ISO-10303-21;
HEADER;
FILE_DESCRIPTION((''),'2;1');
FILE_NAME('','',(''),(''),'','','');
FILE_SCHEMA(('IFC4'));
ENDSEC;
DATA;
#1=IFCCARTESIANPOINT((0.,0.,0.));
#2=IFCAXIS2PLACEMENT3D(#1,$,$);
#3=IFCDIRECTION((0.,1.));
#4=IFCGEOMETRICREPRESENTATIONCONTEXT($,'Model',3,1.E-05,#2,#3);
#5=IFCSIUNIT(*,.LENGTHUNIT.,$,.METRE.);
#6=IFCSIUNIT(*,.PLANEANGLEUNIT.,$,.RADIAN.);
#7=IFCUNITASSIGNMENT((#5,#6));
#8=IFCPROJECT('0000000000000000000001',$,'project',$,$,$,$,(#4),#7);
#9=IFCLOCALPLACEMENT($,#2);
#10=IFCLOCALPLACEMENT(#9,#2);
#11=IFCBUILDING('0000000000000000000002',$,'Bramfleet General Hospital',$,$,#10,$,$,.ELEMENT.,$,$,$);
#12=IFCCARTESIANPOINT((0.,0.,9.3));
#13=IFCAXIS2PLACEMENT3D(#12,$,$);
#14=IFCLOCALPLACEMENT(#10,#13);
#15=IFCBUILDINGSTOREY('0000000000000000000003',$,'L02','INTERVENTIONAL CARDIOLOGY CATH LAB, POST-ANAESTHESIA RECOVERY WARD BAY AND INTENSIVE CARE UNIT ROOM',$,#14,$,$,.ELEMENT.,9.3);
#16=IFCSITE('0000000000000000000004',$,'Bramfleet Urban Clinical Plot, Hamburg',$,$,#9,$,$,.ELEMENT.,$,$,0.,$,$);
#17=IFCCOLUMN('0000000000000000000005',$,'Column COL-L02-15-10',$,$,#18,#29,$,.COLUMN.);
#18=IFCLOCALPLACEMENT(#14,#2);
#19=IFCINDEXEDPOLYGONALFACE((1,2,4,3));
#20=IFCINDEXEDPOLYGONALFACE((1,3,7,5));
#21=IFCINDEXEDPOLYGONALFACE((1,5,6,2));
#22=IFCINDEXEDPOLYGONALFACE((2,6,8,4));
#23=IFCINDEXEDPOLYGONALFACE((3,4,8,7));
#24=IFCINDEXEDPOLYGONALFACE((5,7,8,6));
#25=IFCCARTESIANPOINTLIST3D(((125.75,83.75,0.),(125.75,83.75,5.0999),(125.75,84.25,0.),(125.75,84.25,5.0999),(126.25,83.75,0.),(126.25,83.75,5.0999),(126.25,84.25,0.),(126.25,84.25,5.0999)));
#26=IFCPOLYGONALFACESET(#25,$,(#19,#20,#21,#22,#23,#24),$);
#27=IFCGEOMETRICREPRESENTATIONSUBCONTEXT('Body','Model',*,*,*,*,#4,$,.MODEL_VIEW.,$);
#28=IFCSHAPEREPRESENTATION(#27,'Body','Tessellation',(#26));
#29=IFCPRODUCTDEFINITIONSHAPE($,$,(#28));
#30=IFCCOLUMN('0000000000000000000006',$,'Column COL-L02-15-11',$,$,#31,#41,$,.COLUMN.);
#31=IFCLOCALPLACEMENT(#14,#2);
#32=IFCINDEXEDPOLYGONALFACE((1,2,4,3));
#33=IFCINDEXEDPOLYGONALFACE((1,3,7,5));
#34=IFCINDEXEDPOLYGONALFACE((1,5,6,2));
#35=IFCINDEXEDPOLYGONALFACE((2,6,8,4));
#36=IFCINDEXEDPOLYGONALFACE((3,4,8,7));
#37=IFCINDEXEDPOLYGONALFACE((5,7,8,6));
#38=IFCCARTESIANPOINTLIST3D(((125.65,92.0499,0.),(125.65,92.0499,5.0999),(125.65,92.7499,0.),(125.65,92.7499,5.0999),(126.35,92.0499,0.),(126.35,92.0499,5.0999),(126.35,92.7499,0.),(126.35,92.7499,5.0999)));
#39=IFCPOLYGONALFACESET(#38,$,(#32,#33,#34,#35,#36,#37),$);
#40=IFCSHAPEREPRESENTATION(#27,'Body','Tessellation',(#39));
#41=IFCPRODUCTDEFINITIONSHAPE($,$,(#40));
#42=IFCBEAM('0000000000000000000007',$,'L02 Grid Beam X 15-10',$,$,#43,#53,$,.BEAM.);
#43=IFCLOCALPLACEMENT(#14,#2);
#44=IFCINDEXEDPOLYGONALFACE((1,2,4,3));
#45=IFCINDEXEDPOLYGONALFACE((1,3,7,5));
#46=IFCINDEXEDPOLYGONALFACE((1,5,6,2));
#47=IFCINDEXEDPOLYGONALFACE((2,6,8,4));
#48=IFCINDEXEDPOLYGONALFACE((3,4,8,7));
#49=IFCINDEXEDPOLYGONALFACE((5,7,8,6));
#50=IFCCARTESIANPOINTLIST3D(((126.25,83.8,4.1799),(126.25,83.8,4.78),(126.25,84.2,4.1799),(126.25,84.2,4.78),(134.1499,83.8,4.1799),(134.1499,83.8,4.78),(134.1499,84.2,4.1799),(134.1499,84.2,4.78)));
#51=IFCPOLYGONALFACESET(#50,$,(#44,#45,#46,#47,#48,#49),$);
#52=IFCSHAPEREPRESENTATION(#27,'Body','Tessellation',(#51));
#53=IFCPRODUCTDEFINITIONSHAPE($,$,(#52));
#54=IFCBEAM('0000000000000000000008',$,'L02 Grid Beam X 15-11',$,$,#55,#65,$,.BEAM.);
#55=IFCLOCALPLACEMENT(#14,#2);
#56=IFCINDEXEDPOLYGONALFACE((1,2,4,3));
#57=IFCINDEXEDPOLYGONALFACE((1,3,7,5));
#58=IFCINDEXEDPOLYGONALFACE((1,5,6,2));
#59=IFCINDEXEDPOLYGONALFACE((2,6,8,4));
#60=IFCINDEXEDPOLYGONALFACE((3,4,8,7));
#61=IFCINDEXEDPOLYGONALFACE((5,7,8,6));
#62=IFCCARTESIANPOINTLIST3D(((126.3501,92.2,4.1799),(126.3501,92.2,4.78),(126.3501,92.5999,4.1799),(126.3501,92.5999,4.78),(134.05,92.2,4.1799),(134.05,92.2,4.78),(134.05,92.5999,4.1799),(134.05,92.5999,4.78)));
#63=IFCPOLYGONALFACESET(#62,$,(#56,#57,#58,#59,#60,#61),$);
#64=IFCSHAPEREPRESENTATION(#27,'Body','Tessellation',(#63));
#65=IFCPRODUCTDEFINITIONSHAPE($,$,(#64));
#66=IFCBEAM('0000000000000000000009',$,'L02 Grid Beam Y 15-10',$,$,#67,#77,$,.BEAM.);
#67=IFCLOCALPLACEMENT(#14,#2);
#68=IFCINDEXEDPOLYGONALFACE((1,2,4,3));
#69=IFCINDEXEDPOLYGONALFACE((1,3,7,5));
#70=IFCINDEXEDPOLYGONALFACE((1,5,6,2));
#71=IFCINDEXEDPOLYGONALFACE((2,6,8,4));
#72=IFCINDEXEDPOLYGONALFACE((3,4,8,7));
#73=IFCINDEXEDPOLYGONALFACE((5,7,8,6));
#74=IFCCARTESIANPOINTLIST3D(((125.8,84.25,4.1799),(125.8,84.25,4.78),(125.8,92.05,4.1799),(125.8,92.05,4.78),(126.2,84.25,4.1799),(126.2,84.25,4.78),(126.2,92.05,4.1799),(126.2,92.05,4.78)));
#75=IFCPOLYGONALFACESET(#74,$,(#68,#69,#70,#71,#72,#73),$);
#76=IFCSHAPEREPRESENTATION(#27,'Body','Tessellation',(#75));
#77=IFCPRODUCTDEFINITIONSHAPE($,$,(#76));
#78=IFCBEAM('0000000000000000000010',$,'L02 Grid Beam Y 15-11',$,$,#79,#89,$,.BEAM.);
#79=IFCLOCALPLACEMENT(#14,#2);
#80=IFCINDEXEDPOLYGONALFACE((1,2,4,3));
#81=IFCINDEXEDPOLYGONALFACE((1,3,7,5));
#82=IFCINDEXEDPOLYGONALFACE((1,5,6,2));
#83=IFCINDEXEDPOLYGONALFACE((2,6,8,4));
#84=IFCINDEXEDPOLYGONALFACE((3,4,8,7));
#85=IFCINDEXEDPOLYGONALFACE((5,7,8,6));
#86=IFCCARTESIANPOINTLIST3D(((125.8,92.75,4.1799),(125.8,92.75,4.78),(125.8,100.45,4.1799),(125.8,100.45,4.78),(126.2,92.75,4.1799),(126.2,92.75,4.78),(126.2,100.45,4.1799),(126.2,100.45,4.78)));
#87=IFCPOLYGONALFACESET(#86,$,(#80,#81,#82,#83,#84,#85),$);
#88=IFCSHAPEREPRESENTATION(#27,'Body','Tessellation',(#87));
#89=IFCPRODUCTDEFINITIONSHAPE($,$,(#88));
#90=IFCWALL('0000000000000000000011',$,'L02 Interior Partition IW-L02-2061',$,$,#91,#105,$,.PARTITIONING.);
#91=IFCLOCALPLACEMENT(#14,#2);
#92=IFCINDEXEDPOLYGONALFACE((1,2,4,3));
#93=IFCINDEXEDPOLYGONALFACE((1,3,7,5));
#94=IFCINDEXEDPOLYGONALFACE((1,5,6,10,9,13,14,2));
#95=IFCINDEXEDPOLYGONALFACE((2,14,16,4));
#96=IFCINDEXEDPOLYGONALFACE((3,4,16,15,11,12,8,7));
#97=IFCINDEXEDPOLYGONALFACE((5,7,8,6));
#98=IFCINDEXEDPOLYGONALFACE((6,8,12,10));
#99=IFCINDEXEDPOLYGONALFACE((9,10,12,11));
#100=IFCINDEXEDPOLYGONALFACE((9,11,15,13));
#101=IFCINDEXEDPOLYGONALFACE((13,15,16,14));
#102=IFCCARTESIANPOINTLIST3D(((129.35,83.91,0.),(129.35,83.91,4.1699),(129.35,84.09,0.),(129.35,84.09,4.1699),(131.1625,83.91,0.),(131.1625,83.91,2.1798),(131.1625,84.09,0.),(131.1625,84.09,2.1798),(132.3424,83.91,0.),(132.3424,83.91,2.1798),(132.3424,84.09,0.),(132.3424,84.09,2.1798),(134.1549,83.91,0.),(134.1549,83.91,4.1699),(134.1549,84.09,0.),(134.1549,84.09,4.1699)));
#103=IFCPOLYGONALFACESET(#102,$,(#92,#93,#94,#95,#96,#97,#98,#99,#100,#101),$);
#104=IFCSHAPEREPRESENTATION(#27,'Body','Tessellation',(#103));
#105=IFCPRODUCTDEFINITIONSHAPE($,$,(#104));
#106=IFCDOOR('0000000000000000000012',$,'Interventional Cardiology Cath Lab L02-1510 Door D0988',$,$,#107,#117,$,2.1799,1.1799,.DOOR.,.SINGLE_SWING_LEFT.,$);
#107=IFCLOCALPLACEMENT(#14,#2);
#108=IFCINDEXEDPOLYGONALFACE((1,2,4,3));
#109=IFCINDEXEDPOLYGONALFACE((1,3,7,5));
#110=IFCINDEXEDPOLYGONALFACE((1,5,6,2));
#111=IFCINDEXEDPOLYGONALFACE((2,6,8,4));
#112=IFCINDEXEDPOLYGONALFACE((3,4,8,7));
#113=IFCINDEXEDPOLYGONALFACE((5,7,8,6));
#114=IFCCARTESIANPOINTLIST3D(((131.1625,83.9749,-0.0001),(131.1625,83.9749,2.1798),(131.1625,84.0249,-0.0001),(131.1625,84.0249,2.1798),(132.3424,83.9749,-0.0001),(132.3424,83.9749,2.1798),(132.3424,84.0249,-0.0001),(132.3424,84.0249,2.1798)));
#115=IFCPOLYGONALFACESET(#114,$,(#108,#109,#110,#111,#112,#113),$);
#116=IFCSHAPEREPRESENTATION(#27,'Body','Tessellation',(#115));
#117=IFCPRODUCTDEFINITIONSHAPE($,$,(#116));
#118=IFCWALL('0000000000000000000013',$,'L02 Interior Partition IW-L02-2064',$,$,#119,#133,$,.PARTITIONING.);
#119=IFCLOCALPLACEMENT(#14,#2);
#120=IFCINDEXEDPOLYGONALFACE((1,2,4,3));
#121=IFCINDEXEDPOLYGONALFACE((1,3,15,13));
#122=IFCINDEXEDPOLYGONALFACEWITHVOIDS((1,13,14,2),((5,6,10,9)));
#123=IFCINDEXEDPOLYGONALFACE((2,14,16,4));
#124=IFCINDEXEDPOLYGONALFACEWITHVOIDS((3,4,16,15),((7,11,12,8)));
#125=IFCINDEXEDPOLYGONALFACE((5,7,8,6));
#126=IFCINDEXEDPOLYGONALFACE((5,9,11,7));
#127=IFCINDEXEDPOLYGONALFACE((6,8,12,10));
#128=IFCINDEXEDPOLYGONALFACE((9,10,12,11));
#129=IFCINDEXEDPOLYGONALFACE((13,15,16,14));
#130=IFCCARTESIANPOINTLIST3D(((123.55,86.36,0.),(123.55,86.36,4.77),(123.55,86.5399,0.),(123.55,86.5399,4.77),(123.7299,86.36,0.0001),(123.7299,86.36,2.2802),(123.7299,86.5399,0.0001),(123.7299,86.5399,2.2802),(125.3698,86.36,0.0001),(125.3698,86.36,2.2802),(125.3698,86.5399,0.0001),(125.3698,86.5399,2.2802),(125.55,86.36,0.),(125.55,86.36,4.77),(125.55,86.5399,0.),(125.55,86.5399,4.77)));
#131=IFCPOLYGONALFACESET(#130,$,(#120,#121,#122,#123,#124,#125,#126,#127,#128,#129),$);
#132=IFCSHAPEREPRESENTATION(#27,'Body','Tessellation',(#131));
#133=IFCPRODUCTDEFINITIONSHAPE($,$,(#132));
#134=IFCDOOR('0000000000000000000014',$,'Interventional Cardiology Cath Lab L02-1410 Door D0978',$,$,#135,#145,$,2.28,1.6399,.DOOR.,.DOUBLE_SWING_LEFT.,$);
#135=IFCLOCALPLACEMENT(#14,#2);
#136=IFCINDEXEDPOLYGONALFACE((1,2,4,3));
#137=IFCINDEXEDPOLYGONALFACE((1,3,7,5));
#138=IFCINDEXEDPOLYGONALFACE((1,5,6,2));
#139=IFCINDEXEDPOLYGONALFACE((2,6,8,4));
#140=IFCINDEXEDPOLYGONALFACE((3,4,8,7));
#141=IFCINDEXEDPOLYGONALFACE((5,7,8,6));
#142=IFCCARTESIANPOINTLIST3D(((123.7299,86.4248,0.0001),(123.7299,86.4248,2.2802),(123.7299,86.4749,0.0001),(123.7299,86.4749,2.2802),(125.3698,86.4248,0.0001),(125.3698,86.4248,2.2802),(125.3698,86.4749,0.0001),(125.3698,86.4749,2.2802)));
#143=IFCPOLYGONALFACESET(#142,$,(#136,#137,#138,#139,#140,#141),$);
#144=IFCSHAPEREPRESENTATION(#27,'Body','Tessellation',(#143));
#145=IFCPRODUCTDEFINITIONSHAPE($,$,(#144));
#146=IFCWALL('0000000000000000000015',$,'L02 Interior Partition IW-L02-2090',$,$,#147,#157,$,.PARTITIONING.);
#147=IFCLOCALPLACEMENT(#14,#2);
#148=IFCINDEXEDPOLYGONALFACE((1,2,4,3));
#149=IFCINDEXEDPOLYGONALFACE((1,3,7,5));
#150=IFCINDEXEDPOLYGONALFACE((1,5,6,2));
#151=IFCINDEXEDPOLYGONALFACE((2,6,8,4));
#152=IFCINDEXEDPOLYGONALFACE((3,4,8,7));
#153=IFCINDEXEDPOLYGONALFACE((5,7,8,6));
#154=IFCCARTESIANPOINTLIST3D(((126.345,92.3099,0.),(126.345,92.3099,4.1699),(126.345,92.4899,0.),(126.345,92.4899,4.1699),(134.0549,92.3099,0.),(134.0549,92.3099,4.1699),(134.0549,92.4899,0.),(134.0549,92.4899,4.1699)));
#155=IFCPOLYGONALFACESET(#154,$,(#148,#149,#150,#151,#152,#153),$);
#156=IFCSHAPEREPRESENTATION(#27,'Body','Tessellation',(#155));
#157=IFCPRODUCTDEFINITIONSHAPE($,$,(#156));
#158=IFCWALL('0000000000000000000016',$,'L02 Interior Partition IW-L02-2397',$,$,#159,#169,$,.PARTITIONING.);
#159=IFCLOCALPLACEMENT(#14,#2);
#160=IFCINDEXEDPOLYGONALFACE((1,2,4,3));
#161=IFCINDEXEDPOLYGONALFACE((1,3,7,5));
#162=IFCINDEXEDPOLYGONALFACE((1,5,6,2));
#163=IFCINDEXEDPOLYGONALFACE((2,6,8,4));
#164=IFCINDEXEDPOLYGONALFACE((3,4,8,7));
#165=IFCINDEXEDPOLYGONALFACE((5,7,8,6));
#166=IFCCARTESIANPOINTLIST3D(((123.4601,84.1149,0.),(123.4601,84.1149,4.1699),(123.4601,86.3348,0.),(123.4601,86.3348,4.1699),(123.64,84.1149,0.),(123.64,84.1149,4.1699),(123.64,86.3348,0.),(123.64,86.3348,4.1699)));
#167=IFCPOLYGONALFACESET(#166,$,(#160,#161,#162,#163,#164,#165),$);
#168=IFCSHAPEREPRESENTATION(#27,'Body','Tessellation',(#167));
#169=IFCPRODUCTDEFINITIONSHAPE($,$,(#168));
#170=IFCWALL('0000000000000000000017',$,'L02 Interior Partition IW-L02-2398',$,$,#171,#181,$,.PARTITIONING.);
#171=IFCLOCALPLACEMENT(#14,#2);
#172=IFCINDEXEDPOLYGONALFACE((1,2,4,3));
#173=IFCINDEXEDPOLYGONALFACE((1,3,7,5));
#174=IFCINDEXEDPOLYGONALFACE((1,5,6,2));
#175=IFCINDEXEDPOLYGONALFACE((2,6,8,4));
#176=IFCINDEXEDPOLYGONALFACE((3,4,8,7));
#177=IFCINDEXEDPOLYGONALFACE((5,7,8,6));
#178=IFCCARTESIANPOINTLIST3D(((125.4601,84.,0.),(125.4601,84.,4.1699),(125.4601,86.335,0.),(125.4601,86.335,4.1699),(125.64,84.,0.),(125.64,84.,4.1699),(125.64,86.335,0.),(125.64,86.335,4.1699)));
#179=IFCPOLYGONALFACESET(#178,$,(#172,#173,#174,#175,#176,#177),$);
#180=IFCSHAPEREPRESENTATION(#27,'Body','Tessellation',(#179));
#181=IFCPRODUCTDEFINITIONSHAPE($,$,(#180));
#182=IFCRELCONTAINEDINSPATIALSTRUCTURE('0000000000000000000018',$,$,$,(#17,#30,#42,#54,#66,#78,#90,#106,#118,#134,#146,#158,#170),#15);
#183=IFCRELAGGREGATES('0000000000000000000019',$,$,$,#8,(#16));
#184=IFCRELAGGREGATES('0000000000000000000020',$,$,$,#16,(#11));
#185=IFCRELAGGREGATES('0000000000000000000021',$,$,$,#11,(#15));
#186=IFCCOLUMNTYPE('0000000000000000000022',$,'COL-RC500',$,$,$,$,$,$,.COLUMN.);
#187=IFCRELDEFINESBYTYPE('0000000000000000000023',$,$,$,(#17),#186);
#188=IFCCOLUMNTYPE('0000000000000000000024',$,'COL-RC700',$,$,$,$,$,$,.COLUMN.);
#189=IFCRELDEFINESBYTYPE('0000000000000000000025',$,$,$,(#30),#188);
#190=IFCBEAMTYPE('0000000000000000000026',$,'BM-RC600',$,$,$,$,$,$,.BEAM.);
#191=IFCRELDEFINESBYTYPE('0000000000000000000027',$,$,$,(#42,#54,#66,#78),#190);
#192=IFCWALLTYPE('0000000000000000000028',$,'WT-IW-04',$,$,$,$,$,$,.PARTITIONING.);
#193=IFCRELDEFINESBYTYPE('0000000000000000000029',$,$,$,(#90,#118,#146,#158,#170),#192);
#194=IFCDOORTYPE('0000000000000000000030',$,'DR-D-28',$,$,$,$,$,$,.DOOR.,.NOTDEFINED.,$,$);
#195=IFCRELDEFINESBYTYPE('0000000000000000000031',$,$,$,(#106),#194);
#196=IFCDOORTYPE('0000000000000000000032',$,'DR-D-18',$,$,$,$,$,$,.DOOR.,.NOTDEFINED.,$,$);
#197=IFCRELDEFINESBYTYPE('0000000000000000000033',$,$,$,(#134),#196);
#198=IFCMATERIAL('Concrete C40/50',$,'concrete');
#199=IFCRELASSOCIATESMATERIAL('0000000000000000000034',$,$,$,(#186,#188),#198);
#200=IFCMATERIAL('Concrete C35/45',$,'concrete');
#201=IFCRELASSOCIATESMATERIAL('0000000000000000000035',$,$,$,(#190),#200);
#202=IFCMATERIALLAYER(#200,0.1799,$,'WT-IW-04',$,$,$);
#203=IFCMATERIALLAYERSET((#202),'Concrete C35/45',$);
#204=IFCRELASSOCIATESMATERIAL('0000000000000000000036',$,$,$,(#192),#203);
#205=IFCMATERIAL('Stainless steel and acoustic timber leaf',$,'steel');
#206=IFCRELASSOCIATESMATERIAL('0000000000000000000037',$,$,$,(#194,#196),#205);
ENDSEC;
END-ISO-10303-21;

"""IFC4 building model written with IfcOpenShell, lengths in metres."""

from ifc_helpers import new_model, si_unit, direction, frame, frame_2d, origin, origin_2d, place, context, subcontext, project, spatial, rectangle, extrude, material, layer, layer_set, material_profile, profile_set, type_object, element, fill, save


model = new_model("IFC4")

# Units and contexts
model_context = context("Model", 3, precision=1e-05, world=origin(), true_north=direction((0.0, 1.0)))
body_context = subcontext(model_context, "Body", "Model", "MODEL_VIEW")
ifc_project = project(units=[si_unit("LENGTHUNIT", "METRE"), si_unit("PLANEANGLEUNIT", "RADIAN")], contexts=[model_context])

# Site, building, storey
site_placement = place(None, origin())
site = spatial("IfcSite", under=ifc_project, at=site_placement, Name="Bramfleet Urban Clinical Plot, Hamburg", CompositionType="ELEMENT", RefElevation=0.0)
building_placement = place(site_placement, origin())
building = spatial("IfcBuilding", under=site, at=building_placement, Name="Bramfleet General Hospital", CompositionType="ELEMENT")
storey_placement = place(building_placement, frame((0.0, 0.0, 9.3)))
storey = spatial("IfcBuildingStorey", under=building, at=storey_placement, Name="L02", Description="INTERVENTIONAL CARDIOLOGY CATH LAB, POST-ANAESTHESIA RECOVERY WARD BAY AND INTENSIVE CARE UNIT ROOM", CompositionType="ELEMENT", Elevation=9.3)

# Columns
ifc_material_1 = material(Name="Concrete C40/50", Category="concrete")
ifc_material_profile_1 = material_profile(ifc_material_1, rectangle(XDim=0.5, YDim=0.5, at=origin_2d()), Name="RC COL 500x500")
ifc_profile_set_1 = profile_set([ifc_material_profile_1], Name="Concrete C40/50")
column_type_1 = type_object("IfcColumnType", Name="COL-RC500", PredefinedType="COLUMN", material=ifc_profile_set_1)
column_1_placement = place(storey_placement, frame((126.0, 84.0, 0.0), z_axis=(0.0, 0.0, 1.0), x_axis=(1.0, 0.0, 0.0)))
element("IfcColumn", 1, at=column_1_placement, inside=storey, type_object=column_type_1, Name="Column COL-L02-15-10", PredefinedType="COLUMN", context=body_context, shape_type="SweptSolid", body=[
    extrude(rectangle(XDim=0.5, YDim=0.5, at=origin_2d()), origin(), (0.0, 0.0, 1.0), 5.0999),
])
ifc_material_profile_2 = material_profile(ifc_material_1, rectangle(XDim=0.7, YDim=0.7, at=origin_2d()), Name="RC COL 700x700")
ifc_profile_set_2 = profile_set([ifc_material_profile_2], Name="Concrete C40/50")
column_type_2 = type_object("IfcColumnType", Name="COL-RC700", PredefinedType="COLUMN", material=ifc_profile_set_2)
column_2_placement = place(storey_placement, frame((126.0, 92.3999, 0.0), z_axis=(0.0, 0.0, 1.0), x_axis=(1.0, 0.0, 0.0)))
element("IfcColumn", 2, at=column_2_placement, inside=storey, type_object=column_type_2, Name="Column COL-L02-15-11", PredefinedType="COLUMN", context=body_context, shape_type="SweptSolid", body=[
    extrude(rectangle(XDim=0.7, YDim=0.7, at=origin_2d()), origin(), (0.0, 0.0, 1.0), 5.0999),
])

# Beams
ifc_material_2 = material(Name="Concrete C35/45", Category="concrete")
ifc_material_profile_3 = material_profile(ifc_material_2, rectangle(XDim=0.3999, YDim=0.6001, at=origin_2d()), Name="RC BM 600x400")
ifc_profile_set_3 = profile_set([ifc_material_profile_3], Name="Concrete C35/45")
beam_type = type_object("IfcBeamType", Name="BM-RC600", PredefinedType="BEAM", material=ifc_profile_set_3)
beam_1_placement = place(storey_placement, frame((126.25, 84.0, 4.48), z_axis=(1.0, 0.0, 0.0), x_axis=(0.0, 1.0, 0.0)))
element("IfcBeam", 3, at=beam_1_placement, inside=storey, type_object=beam_type, Name="L02 Grid Beam X 15-10", PredefinedType="BEAM", context=body_context, shape_type="SweptSolid", body=[
    extrude(rectangle(XDim=0.3999, YDim=0.6001, at=origin_2d()), origin(), (0.0, 0.0, 1.0), 7.8999),
])
beam_2_placement = place(storey_placement, frame((126.3501, 92.3999, 4.48), z_axis=(1.0, 0.0, 0.0), x_axis=(0.0, 1.0, 0.0)))
element("IfcBeam", 4, at=beam_2_placement, inside=storey, type_object=beam_type, Name="L02 Grid Beam X 15-11", PredefinedType="BEAM", context=body_context, shape_type="SweptSolid", body=[
    extrude(rectangle(XDim=0.3999, YDim=0.6001, at=origin_2d()), origin(), (0.0, 0.0, 1.0), 7.7),
])
beam_3_placement = place(storey_placement, frame((126.0, 84.25, 4.48), z_axis=(0.0, 1.0, 0.0), x_axis=(-1.0, 0.0, 0.0)))
element("IfcBeam", 5, at=beam_3_placement, inside=storey, type_object=beam_type, Name="L02 Grid Beam Y 15-10", PredefinedType="BEAM", context=body_context, shape_type="SweptSolid", body=[
    extrude(rectangle(XDim=0.3999, YDim=0.6001, at=origin_2d()), origin(), (0.0, 0.0, 1.0), 7.8),
])
beam_4_placement = place(storey_placement, frame((126.0, 92.75, 4.48), z_axis=(0.0, 1.0, 0.0), x_axis=(-1.0, 0.0, 0.0)))
element("IfcBeam", 6, at=beam_4_placement, inside=storey, type_object=beam_type, Name="L02 Grid Beam Y 15-11", PredefinedType="BEAM", context=body_context, shape_type="SweptSolid", body=[
    extrude(rectangle(XDim=0.3999, YDim=0.6001, at=origin_2d()), origin(), (0.0, 0.0, 1.0), 7.7),
])

# Walls, openings, doors
ifc_layer_1 = layer(ifc_material_2, 0.1799, Name="WT-IW-04")
ifc_layer_set_1 = layer_set([ifc_layer_1], Name="Concrete C35/45")
wall_type_1 = type_object("IfcWallType", Name="WT-IW-04", PredefinedType="PARTITIONING", material=ifc_layer_set_1)
wall_1_placement = place(storey_placement, frame((129.3501, 84.0, 0.0), z_axis=(0.0, 0.0, 1.0), x_axis=(1.0, 0.0, 0.0)))
wall_1 = element("IfcWall", 7, at=wall_1_placement, inside=storey, type_object=wall_type_1, Name="L02 Interior Partition IW-L02-2061", PredefinedType="PARTITIONING", context=body_context, shape_type="SweptSolid", body=[
    extrude(rectangle(XDim=4.8049, YDim=0.1799, at=frame_2d((2.4023, 0.0))), origin(), (0.0, 0.0, 1.0), 4.1699),
])
opening_1_placement = place(wall_1_placement, frame((1.8125, 0.0, 0.0)))
opening_1 = element("IfcOpeningElement", 8, at=opening_1_placement, cuts=wall_1, PredefinedType="OPENING", context=body_context, shape_type="SweptSolid", body=[
    extrude(rectangle(XDim=1.1799, YDim=2.1799, at=frame_2d((0.5898, 1.0898))), frame((0.0, 0.0999, 0.0), z_axis=(0.0, -1.0, 0.0), x_axis=(1.0, 0.0, 0.0)), (0.0, 0.0, 1.0), 0.2),
])
ifc_material_3 = material(Name="Stainless steel and acoustic timber leaf", Category="steel")
door_type_1 = type_object("IfcDoorType", Name="DR-D-28", OperationType="NOTDEFINED", PredefinedType="DOOR", material=ifc_material_3)
door_1_placement = place(opening_1_placement, origin())
door_1 = element("IfcDoor", 9, at=door_1_placement, inside=storey, type_object=door_type_1, Name="Interventional Cardiology Cath Lab L02-1510 Door D0988", OperationType="SINGLE_SWING_LEFT", OverallHeight=2.1799, OverallWidth=1.1799, PredefinedType="DOOR", context=body_context, shape_type="SweptSolid", body=[
    extrude(rectangle(XDim=1.1799, YDim=2.1799, at=frame_2d((0.5898, 1.0898))), frame((0.0, 0.0249, 0.0), z_axis=(0.0, -1.0, 0.0), x_axis=(1.0, 0.0, 0.0)), (0.0, 0.0, 1.0), 0.05),
])
fill(opening_1, door_1)
wall_2_placement = place(storey_placement, frame((123.55, 86.45, 0.0), z_axis=(0.0, 0.0, 1.0), x_axis=(1.0, 0.0, 0.0)))
wall_2 = element("IfcWall", 10, at=wall_2_placement, inside=storey, type_object=wall_type_1, Name="L02 Interior Partition IW-L02-2064", PredefinedType="PARTITIONING", context=body_context, shape_type="SweptSolid", body=[
    extrude(rectangle(XDim=2.0, YDim=0.1799, at=frame_2d((1.0, 0.0))), origin(), (0.0, 0.0, 1.0), 4.77),
])
opening_2_placement = place(wall_2_placement, frame((0.1799, 0.0, 0.0)))
opening_2 = element("IfcOpeningElement", 11, at=opening_2_placement, cuts=wall_2, PredefinedType="OPENING", context=body_context, shape_type="SweptSolid", body=[
    extrude(rectangle(XDim=1.6399, YDim=2.28, at=frame_2d((0.8198, 1.1401))), frame((0.0, 0.0999, 0.0), z_axis=(0.0, -1.0, 0.0), x_axis=(1.0, 0.0, 0.0)), (0.0, 0.0, 1.0), 0.2),
])
door_type_2 = type_object("IfcDoorType", Name="DR-D-18", OperationType="NOTDEFINED", PredefinedType="DOOR", material=ifc_material_3)
door_2_placement = place(opening_2_placement, origin())
door_2 = element("IfcDoor", 12, at=door_2_placement, inside=storey, type_object=door_type_2, Name="Interventional Cardiology Cath Lab L02-1410 Door D0978", OperationType="DOUBLE_SWING_LEFT", OverallHeight=2.28, OverallWidth=1.6399, PredefinedType="DOOR", context=body_context, shape_type="SweptSolid", body=[
    extrude(rectangle(XDim=1.6399, YDim=2.28, at=frame_2d((0.8198, 1.1401))), frame((0.0, 0.0249, 0.0), z_axis=(0.0, -1.0, 0.0), x_axis=(1.0, 0.0, 0.0)), (0.0, 0.0, 1.0), 0.05),
])
fill(opening_2, door_2)

# Walls
wall_3_placement = place(storey_placement, frame((126.345, 92.3999, 0.0), z_axis=(0.0, 0.0, 1.0), x_axis=(1.0, 0.0, 0.0)))
element("IfcWall", 13, at=wall_3_placement, inside=storey, type_object=wall_type_1, Name="L02 Interior Partition IW-L02-2090", PredefinedType="PARTITIONING", context=body_context, shape_type="SweptSolid", body=[
    extrude(rectangle(XDim=7.71, YDim=0.1799, at=frame_2d((3.855, 0.0))), origin(), (0.0, 0.0, 1.0), 4.1699),
])
wall_4_placement = place(storey_placement, frame((123.55, 84.115, 0.0), z_axis=(0.0, 0.0, 1.0), x_axis=(0.0, 1.0, 0.0)))
element("IfcWall", 14, at=wall_4_placement, inside=storey, type_object=wall_type_1, Name="L02 Interior Partition IW-L02-2397", PredefinedType="PARTITIONING", context=body_context, shape_type="SweptSolid", body=[
    extrude(rectangle(XDim=2.22, YDim=0.1799, at=frame_2d((1.1099, 0.0))), origin(), (0.0, 0.0, 1.0), 4.1699),
])
wall_5_placement = place(storey_placement, frame((125.55, 84.0, 0.0), z_axis=(0.0, 0.0, 1.0), x_axis=(0.0, 1.0, 0.0)))
element("IfcWall", 15, at=wall_5_placement, inside=storey, type_object=wall_type_1, Name="L02 Interior Partition IW-L02-2398", PredefinedType="PARTITIONING", context=body_context, shape_type="SweptSolid", body=[
    extrude(rectangle(XDim=2.335, YDim=0.1799, at=frame_2d((1.1675, 0.0))), origin(), (0.0, 0.0, 1.0), 4.1699),
])

save(model, "model.ifc")
